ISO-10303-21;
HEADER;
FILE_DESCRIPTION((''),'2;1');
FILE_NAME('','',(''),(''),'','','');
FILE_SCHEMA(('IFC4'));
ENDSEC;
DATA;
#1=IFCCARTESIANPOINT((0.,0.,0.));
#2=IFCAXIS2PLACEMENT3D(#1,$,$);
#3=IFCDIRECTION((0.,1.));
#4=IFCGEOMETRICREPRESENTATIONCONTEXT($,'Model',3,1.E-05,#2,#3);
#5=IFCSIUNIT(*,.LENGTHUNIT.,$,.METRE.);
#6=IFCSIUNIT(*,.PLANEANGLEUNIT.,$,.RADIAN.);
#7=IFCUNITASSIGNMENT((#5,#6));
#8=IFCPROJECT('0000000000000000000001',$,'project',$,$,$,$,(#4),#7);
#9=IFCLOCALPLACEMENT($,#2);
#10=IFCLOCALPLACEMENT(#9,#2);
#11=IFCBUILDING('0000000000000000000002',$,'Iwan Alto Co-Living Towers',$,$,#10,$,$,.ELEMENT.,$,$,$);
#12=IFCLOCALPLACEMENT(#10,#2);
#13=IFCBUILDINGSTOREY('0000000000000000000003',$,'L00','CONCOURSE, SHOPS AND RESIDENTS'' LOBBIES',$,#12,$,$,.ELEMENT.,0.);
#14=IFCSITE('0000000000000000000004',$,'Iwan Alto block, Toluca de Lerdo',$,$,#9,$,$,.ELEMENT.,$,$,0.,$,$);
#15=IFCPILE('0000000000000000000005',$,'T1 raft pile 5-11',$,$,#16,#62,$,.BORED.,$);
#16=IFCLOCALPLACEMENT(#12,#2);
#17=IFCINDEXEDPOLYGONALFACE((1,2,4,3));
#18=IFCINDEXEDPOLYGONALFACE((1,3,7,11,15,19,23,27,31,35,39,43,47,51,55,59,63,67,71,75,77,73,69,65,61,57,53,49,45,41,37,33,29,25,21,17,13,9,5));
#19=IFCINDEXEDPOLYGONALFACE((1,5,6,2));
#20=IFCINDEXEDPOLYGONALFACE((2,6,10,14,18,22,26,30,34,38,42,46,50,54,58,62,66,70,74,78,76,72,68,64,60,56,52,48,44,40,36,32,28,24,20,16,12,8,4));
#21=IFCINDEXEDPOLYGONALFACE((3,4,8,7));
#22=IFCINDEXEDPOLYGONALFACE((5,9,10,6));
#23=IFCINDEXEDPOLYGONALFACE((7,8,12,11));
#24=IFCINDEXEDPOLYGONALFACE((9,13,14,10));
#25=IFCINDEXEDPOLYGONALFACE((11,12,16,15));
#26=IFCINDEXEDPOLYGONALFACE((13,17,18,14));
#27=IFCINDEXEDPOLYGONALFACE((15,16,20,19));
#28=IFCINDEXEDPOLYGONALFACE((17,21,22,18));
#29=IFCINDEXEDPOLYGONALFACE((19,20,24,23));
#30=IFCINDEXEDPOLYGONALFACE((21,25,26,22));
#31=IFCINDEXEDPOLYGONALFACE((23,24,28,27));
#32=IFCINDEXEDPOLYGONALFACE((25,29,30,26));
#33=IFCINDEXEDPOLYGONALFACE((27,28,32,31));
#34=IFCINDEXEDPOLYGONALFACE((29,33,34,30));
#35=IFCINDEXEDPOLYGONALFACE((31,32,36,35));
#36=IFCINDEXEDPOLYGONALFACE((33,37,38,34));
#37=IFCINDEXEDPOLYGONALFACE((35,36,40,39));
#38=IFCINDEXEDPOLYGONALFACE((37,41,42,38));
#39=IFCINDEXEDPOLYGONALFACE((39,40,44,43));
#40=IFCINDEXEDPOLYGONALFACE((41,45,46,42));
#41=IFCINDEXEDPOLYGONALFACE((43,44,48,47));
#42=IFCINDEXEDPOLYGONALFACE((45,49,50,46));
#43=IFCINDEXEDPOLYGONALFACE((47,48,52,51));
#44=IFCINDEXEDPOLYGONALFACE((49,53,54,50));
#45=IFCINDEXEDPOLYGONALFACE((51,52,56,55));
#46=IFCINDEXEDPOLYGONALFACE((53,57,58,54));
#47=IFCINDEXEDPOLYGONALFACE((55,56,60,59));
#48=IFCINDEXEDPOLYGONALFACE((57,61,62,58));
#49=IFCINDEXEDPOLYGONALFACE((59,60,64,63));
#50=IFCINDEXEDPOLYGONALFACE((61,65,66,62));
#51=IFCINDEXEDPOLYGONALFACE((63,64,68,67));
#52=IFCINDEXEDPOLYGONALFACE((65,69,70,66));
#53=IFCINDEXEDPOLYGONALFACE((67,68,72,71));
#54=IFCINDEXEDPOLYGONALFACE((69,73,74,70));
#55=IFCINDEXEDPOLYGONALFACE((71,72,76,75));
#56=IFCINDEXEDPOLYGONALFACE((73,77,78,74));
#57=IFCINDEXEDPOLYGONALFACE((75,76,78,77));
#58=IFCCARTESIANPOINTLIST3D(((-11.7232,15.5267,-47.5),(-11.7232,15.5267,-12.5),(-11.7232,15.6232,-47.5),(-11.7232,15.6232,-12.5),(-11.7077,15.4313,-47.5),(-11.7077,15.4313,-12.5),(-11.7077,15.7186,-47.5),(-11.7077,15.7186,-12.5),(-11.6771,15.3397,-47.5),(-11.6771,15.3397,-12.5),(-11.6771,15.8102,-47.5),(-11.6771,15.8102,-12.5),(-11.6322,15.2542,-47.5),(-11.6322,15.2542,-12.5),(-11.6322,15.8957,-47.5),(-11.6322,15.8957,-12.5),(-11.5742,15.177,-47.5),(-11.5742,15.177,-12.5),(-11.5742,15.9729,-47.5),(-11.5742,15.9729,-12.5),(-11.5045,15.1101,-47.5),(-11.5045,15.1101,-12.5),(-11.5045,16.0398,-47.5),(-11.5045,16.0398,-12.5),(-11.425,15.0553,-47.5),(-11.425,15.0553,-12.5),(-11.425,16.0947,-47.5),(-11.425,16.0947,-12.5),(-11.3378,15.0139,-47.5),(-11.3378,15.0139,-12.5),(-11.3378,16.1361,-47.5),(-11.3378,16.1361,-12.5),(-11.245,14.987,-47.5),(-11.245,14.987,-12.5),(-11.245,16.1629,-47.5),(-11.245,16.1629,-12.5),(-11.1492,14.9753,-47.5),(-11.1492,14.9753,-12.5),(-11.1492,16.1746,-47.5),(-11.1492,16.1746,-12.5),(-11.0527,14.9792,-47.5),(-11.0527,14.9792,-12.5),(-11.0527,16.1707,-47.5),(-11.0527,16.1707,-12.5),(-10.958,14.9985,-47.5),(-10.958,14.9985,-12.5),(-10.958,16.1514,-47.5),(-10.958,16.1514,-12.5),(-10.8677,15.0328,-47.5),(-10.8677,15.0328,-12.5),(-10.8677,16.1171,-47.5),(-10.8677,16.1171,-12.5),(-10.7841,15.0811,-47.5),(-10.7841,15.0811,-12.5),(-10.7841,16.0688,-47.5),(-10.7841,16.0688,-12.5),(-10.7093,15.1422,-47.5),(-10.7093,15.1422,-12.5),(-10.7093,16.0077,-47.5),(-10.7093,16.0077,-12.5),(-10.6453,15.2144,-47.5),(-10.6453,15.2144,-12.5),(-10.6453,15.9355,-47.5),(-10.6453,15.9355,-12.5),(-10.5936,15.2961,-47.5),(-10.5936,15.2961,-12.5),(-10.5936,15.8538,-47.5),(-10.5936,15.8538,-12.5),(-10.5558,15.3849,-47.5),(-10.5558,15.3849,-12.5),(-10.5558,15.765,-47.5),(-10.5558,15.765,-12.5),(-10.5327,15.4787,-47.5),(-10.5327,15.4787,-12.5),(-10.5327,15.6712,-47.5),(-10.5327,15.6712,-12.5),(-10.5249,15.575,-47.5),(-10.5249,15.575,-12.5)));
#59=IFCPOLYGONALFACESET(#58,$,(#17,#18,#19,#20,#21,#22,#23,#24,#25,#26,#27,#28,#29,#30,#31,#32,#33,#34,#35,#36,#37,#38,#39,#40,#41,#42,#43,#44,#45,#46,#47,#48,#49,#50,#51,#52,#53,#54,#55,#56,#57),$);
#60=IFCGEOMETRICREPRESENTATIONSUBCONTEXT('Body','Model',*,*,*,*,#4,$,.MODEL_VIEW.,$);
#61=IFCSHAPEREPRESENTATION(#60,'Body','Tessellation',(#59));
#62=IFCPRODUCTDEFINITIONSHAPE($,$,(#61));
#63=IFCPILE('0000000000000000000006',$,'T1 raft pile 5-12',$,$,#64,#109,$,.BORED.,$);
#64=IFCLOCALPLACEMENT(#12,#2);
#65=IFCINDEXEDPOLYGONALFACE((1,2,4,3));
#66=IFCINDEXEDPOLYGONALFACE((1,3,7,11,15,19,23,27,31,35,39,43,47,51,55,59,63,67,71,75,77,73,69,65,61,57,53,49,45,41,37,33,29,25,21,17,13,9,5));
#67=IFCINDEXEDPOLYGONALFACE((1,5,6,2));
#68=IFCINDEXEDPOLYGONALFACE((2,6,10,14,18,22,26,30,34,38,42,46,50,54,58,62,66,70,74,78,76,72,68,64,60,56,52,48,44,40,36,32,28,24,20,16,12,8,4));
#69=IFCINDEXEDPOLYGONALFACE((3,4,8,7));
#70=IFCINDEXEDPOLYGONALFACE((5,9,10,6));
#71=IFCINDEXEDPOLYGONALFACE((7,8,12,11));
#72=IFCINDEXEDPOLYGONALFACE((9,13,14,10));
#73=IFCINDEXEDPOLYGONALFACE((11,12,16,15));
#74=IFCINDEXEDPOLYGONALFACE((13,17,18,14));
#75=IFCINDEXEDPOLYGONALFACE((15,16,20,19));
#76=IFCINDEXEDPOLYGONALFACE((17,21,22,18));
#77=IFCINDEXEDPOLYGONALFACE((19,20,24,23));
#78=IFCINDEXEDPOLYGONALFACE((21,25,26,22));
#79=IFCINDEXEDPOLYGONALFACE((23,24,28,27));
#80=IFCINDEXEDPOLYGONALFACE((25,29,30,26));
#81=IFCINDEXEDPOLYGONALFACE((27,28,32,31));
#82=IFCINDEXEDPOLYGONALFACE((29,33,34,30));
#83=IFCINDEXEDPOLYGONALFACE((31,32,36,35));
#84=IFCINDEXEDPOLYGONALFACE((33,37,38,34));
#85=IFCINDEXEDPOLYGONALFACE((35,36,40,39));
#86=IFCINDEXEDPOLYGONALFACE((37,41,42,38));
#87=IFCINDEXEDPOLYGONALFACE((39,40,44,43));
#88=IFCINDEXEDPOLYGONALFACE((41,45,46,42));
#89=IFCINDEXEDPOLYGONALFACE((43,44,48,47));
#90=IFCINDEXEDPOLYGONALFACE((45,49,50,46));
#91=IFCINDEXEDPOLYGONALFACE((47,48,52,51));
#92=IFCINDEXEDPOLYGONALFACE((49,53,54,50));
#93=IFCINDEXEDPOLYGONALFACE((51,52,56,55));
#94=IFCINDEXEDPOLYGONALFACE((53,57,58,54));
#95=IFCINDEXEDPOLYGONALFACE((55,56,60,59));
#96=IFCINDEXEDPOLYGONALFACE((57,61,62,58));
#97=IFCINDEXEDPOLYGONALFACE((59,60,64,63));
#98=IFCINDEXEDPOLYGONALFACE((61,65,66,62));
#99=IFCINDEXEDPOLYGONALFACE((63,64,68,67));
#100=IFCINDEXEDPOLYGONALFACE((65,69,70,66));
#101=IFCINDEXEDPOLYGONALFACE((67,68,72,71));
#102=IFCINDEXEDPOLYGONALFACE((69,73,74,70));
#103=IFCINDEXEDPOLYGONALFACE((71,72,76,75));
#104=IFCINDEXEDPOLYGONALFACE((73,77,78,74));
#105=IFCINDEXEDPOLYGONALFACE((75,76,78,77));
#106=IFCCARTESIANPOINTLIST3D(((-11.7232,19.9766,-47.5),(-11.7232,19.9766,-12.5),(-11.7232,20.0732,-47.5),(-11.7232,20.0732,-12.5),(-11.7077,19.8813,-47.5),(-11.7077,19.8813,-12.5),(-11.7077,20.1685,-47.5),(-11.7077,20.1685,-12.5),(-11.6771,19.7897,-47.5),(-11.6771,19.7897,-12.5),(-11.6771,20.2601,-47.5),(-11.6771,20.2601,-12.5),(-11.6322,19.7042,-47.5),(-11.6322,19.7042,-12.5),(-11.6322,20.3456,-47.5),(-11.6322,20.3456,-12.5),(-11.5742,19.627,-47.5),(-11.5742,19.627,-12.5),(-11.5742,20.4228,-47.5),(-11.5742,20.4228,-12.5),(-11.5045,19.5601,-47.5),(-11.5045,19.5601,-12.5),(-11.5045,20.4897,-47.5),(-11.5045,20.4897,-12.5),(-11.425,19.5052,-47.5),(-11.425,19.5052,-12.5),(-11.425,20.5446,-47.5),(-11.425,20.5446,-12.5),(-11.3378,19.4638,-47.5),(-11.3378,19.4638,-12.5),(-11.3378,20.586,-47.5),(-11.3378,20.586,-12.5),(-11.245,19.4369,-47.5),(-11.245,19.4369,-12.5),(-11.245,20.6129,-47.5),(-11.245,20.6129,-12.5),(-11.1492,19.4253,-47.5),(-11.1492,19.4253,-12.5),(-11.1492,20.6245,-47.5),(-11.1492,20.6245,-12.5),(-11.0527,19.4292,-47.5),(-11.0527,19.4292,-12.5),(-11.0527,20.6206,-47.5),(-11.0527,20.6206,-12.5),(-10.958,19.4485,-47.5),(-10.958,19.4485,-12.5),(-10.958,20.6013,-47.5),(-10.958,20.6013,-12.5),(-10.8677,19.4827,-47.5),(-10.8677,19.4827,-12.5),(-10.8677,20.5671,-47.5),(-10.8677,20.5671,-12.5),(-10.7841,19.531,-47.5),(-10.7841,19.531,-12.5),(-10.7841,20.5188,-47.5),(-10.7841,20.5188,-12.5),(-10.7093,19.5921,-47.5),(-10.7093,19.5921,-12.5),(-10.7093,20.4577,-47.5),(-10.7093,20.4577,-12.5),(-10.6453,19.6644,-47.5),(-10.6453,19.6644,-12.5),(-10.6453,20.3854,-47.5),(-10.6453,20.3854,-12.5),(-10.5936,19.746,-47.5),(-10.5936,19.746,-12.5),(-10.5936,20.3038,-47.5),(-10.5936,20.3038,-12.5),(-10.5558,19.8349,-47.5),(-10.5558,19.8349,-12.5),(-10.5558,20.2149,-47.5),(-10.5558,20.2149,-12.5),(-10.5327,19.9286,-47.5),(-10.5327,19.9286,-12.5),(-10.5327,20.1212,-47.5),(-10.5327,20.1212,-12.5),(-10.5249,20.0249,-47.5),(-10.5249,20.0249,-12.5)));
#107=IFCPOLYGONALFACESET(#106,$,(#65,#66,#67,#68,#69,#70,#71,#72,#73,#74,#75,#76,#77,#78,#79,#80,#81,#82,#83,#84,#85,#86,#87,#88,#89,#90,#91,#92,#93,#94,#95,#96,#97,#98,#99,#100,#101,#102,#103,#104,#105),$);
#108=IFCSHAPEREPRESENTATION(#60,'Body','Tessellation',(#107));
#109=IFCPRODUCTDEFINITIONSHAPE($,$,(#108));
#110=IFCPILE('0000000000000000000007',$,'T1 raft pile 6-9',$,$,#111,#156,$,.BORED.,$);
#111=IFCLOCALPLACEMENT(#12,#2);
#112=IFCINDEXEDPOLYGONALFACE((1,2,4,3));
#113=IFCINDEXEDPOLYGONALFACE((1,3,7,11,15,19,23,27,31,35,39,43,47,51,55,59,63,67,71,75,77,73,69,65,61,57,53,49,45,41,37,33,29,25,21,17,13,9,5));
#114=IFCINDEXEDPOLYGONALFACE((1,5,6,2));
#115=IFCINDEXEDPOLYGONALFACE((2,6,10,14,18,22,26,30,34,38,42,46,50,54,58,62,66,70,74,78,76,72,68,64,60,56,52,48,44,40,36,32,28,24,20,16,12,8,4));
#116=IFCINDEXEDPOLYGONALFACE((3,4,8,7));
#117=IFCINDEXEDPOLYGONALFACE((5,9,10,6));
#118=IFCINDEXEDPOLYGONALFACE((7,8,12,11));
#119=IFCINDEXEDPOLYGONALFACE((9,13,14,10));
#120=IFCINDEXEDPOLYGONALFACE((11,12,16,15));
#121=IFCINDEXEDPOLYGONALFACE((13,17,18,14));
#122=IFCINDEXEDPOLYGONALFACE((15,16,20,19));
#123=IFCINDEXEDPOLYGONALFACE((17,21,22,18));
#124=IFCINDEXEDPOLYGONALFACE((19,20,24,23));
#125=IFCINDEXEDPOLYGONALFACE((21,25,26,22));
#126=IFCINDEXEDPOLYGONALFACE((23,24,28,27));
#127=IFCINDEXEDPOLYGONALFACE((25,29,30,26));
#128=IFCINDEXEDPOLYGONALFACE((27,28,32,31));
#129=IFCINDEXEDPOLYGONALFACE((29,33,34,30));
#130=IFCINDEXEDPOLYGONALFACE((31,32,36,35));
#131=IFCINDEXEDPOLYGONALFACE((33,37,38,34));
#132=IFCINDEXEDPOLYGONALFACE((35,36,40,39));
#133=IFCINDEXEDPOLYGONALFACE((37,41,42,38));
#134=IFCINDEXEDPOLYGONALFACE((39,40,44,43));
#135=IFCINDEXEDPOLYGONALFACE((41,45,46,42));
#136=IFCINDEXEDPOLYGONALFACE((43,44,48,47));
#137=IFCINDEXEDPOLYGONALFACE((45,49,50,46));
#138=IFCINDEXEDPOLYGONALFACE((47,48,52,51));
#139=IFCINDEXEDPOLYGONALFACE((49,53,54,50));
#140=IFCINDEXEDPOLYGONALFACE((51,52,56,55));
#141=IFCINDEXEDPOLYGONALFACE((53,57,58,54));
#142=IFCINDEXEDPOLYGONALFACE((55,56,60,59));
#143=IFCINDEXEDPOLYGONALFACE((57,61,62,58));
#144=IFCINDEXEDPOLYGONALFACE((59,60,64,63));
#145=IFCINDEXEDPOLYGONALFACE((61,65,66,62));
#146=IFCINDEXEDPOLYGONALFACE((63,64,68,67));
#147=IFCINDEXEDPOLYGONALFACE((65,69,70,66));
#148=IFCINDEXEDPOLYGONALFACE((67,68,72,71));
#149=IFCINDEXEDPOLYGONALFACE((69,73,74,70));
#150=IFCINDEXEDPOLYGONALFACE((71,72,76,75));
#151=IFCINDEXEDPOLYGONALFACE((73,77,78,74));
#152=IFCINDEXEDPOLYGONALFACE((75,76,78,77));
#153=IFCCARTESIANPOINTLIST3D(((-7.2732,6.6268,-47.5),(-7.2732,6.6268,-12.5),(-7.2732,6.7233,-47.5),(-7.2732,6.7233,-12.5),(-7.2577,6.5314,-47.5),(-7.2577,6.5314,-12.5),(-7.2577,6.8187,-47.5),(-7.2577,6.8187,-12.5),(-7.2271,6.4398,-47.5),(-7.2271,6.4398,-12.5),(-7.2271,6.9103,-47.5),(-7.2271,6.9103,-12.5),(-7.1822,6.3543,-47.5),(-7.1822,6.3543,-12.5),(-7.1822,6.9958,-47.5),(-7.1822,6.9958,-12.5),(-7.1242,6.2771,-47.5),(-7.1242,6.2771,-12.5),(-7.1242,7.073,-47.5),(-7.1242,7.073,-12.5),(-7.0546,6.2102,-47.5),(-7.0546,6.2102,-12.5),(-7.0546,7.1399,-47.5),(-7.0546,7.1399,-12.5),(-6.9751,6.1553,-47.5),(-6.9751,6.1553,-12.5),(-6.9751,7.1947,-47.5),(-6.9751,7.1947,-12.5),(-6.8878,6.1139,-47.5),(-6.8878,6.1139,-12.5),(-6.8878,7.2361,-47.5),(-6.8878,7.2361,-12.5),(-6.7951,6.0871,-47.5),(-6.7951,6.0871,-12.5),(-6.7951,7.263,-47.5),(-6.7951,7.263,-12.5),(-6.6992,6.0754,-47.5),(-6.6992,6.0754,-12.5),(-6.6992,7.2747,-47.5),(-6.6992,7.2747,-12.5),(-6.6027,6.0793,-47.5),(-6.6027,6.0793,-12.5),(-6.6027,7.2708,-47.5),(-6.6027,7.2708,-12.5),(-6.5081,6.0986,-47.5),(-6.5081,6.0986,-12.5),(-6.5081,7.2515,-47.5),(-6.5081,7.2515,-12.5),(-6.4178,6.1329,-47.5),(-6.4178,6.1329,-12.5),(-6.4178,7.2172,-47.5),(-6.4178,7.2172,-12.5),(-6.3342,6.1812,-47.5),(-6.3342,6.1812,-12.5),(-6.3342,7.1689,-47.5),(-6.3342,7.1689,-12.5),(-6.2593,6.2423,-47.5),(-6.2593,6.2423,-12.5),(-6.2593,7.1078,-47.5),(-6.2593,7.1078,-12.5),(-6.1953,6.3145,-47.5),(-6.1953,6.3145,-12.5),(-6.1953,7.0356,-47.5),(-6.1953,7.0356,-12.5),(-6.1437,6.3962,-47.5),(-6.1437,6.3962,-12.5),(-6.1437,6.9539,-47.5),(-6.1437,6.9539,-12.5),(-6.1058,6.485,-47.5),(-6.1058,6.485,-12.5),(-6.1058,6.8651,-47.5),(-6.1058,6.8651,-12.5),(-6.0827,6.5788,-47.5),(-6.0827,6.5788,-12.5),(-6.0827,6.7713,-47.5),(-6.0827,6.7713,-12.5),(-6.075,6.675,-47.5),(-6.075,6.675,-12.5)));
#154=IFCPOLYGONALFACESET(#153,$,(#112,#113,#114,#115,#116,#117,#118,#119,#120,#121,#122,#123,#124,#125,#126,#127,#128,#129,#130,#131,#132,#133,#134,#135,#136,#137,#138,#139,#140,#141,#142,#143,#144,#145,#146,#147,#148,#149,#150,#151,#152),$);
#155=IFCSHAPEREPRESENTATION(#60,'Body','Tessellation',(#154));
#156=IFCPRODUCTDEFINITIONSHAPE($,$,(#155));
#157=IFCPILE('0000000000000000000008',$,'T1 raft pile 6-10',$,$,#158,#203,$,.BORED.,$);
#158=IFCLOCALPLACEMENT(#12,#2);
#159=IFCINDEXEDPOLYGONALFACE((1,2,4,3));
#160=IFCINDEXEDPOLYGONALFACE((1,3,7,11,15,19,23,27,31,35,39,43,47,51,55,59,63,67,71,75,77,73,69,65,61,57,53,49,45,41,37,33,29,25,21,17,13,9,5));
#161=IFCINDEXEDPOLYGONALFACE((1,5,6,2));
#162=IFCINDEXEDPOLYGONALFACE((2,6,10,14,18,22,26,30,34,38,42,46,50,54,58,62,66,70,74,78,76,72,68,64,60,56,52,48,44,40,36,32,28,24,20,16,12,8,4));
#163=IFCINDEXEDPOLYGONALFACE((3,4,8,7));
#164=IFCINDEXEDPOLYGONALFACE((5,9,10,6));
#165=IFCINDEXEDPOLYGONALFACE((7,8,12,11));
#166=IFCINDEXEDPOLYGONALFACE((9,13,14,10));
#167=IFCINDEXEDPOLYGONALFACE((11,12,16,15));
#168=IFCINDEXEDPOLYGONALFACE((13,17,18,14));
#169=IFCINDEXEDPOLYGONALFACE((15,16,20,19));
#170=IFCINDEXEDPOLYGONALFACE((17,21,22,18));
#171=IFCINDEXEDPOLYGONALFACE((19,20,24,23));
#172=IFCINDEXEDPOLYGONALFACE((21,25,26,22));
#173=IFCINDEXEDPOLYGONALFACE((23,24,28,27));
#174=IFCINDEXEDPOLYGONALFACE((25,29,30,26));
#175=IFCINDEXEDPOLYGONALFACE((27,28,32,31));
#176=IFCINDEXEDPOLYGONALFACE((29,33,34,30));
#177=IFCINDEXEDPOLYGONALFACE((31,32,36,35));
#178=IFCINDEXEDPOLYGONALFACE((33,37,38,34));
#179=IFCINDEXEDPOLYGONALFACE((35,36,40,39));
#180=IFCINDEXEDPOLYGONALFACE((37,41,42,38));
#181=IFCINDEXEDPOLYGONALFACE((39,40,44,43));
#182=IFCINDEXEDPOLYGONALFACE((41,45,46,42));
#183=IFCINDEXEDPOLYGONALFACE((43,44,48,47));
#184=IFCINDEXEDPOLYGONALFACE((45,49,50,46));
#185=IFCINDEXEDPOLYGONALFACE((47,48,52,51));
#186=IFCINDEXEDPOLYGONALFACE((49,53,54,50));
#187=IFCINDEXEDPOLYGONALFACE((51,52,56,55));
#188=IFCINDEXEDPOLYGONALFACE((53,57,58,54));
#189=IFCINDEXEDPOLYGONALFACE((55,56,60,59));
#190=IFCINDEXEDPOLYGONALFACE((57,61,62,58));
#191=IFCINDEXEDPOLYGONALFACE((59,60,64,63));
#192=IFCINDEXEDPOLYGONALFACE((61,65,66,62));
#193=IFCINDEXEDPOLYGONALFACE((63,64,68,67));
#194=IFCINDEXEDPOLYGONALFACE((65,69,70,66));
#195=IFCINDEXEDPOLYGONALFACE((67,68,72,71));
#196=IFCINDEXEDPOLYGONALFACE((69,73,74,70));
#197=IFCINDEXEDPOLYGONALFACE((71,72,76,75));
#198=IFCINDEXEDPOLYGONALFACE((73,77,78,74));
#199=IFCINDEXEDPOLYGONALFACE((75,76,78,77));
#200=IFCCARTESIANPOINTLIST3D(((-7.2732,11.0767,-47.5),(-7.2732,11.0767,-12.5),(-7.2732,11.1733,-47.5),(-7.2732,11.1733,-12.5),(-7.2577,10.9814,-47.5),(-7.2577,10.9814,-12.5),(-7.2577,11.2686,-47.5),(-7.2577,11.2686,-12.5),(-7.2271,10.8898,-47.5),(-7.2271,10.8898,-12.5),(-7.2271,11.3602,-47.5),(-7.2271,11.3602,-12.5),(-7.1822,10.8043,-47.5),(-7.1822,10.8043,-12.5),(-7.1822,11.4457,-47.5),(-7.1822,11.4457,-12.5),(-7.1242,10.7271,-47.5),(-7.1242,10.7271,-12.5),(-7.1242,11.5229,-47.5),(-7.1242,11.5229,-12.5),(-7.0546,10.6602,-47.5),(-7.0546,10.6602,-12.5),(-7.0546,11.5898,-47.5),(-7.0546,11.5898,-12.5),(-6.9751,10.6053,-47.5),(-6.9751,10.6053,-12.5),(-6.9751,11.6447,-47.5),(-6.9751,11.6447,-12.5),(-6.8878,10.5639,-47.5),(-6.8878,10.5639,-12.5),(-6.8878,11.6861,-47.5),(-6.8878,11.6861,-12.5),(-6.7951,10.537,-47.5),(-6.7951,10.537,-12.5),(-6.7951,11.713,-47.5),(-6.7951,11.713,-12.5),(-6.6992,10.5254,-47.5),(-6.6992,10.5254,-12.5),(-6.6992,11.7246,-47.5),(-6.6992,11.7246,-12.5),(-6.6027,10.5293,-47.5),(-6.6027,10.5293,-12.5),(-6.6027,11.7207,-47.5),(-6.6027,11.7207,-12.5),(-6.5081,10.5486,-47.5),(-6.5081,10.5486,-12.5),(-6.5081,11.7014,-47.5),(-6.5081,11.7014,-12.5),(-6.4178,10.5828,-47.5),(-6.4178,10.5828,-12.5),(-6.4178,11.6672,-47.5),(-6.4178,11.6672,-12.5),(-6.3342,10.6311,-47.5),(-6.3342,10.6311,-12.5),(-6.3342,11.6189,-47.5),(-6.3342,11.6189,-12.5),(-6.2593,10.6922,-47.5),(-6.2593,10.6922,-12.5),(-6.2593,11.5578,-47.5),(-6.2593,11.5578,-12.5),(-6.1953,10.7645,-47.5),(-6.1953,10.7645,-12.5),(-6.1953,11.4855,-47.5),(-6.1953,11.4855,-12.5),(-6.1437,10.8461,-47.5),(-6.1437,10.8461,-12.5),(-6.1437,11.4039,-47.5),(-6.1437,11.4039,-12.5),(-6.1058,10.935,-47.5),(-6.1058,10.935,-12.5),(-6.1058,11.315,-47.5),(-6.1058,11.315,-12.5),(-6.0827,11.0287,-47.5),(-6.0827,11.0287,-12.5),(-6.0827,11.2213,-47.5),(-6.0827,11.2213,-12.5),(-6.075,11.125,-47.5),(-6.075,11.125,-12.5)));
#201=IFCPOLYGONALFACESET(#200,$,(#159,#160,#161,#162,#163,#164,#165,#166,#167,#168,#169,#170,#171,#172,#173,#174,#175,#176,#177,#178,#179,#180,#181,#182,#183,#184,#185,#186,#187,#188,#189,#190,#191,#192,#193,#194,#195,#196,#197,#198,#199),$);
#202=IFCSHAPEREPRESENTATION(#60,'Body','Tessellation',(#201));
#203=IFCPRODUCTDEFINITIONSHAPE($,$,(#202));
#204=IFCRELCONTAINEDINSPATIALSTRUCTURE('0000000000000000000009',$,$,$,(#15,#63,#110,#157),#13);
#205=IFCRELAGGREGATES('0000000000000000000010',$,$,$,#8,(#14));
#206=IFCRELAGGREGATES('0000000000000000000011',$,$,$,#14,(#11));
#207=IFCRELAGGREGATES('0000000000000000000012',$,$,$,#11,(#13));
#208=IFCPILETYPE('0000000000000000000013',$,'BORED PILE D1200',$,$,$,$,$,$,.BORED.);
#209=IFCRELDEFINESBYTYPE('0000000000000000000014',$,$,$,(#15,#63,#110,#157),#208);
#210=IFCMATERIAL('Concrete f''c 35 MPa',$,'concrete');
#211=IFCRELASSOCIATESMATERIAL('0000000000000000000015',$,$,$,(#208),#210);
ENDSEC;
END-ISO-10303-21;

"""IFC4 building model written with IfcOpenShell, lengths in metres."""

from ifc_helpers import new_model, si_unit, direction, frame, origin, origin_2d, place, context, subcontext, project, spatial, circle, extrude, material, material_profile, profile_set, type_object, element, save


model = new_model("IFC4")

# Units and contexts
model_context = context("Model", 3, precision=1e-05, world=origin(), true_north=direction((0.0, 1.0)))
body_context = subcontext(model_context, "Body", "Model", "MODEL_VIEW")
ifc_project = project(units=[si_unit("LENGTHUNIT", "METRE"), si_unit("PLANEANGLEUNIT", "RADIAN")], contexts=[model_context])

# Site, building, storey
site_placement = place(None, origin())
site = spatial("IfcSite", under=ifc_project, at=site_placement, Name="Iwan Alto block, Toluca de Lerdo", CompositionType="ELEMENT", RefElevation=0.0)
building_placement = place(site_placement, origin())
building = spatial("IfcBuilding", under=site, at=building_placement, Name="Iwan Alto Co-Living Towers", CompositionType="ELEMENT")
storey_placement = place(building_placement, origin())
storey = spatial("IfcBuildingStorey", under=building, at=storey_placement, Name="L00", Description="CONCOURSE, SHOPS AND RESIDENTS' LOBBIES", CompositionType="ELEMENT", Elevation=0.0)

# Piles
ifc_material_1 = material(Name="Concrete f'c 35 MPa", Category="concrete")
ifc_material_profile_1 = material_profile(ifc_material_1, circle(Radius=0.6001, at=origin_2d()), Name="D1200")
ifc_profile_set_1 = profile_set([ifc_material_profile_1], Name="Concrete f'c 35 MPa")
pile_type = type_object("IfcPileType", Name="BORED PILE D1200", PredefinedType="BORED", material=ifc_profile_set_1)
for number, where, z_axis, x_axis, name in (
    (1, (-11.125, 15.575, -12.5), (0.0, 0.0, -1.0), (1.0, 0.0, 0.0), "T1 raft pile 5-11"),
    (2, (-11.125, 20.0249, -12.5), (0.0, 0.0, -1.0), (1.0, 0.0, 0.0), "T1 raft pile 5-12"),
    (3, (-6.675, 6.675, -12.5), (0.0, 0.0, -1.0), (1.0, 0.0, 0.0), "T1 raft pile 6-9"),
    (4, (-6.675, 11.125, -12.5), (0.0, 0.0, -1.0), (1.0, 0.0, 0.0), "T1 raft pile 6-10"),
):
    element("IfcPile", number, at=place(storey_placement, frame(where, z_axis=z_axis, x_axis=x_axis)), inside=storey, type_object=pile_type, Name=name, PredefinedType="BORED", context=body_context, shape_type="SweptSolid", body=[
        extrude(circle(Radius=0.6001, at=origin_2d()), origin(), (0.0, 0.0, 1.0), 35.0),
    ])

save(model, "model.ifc")
